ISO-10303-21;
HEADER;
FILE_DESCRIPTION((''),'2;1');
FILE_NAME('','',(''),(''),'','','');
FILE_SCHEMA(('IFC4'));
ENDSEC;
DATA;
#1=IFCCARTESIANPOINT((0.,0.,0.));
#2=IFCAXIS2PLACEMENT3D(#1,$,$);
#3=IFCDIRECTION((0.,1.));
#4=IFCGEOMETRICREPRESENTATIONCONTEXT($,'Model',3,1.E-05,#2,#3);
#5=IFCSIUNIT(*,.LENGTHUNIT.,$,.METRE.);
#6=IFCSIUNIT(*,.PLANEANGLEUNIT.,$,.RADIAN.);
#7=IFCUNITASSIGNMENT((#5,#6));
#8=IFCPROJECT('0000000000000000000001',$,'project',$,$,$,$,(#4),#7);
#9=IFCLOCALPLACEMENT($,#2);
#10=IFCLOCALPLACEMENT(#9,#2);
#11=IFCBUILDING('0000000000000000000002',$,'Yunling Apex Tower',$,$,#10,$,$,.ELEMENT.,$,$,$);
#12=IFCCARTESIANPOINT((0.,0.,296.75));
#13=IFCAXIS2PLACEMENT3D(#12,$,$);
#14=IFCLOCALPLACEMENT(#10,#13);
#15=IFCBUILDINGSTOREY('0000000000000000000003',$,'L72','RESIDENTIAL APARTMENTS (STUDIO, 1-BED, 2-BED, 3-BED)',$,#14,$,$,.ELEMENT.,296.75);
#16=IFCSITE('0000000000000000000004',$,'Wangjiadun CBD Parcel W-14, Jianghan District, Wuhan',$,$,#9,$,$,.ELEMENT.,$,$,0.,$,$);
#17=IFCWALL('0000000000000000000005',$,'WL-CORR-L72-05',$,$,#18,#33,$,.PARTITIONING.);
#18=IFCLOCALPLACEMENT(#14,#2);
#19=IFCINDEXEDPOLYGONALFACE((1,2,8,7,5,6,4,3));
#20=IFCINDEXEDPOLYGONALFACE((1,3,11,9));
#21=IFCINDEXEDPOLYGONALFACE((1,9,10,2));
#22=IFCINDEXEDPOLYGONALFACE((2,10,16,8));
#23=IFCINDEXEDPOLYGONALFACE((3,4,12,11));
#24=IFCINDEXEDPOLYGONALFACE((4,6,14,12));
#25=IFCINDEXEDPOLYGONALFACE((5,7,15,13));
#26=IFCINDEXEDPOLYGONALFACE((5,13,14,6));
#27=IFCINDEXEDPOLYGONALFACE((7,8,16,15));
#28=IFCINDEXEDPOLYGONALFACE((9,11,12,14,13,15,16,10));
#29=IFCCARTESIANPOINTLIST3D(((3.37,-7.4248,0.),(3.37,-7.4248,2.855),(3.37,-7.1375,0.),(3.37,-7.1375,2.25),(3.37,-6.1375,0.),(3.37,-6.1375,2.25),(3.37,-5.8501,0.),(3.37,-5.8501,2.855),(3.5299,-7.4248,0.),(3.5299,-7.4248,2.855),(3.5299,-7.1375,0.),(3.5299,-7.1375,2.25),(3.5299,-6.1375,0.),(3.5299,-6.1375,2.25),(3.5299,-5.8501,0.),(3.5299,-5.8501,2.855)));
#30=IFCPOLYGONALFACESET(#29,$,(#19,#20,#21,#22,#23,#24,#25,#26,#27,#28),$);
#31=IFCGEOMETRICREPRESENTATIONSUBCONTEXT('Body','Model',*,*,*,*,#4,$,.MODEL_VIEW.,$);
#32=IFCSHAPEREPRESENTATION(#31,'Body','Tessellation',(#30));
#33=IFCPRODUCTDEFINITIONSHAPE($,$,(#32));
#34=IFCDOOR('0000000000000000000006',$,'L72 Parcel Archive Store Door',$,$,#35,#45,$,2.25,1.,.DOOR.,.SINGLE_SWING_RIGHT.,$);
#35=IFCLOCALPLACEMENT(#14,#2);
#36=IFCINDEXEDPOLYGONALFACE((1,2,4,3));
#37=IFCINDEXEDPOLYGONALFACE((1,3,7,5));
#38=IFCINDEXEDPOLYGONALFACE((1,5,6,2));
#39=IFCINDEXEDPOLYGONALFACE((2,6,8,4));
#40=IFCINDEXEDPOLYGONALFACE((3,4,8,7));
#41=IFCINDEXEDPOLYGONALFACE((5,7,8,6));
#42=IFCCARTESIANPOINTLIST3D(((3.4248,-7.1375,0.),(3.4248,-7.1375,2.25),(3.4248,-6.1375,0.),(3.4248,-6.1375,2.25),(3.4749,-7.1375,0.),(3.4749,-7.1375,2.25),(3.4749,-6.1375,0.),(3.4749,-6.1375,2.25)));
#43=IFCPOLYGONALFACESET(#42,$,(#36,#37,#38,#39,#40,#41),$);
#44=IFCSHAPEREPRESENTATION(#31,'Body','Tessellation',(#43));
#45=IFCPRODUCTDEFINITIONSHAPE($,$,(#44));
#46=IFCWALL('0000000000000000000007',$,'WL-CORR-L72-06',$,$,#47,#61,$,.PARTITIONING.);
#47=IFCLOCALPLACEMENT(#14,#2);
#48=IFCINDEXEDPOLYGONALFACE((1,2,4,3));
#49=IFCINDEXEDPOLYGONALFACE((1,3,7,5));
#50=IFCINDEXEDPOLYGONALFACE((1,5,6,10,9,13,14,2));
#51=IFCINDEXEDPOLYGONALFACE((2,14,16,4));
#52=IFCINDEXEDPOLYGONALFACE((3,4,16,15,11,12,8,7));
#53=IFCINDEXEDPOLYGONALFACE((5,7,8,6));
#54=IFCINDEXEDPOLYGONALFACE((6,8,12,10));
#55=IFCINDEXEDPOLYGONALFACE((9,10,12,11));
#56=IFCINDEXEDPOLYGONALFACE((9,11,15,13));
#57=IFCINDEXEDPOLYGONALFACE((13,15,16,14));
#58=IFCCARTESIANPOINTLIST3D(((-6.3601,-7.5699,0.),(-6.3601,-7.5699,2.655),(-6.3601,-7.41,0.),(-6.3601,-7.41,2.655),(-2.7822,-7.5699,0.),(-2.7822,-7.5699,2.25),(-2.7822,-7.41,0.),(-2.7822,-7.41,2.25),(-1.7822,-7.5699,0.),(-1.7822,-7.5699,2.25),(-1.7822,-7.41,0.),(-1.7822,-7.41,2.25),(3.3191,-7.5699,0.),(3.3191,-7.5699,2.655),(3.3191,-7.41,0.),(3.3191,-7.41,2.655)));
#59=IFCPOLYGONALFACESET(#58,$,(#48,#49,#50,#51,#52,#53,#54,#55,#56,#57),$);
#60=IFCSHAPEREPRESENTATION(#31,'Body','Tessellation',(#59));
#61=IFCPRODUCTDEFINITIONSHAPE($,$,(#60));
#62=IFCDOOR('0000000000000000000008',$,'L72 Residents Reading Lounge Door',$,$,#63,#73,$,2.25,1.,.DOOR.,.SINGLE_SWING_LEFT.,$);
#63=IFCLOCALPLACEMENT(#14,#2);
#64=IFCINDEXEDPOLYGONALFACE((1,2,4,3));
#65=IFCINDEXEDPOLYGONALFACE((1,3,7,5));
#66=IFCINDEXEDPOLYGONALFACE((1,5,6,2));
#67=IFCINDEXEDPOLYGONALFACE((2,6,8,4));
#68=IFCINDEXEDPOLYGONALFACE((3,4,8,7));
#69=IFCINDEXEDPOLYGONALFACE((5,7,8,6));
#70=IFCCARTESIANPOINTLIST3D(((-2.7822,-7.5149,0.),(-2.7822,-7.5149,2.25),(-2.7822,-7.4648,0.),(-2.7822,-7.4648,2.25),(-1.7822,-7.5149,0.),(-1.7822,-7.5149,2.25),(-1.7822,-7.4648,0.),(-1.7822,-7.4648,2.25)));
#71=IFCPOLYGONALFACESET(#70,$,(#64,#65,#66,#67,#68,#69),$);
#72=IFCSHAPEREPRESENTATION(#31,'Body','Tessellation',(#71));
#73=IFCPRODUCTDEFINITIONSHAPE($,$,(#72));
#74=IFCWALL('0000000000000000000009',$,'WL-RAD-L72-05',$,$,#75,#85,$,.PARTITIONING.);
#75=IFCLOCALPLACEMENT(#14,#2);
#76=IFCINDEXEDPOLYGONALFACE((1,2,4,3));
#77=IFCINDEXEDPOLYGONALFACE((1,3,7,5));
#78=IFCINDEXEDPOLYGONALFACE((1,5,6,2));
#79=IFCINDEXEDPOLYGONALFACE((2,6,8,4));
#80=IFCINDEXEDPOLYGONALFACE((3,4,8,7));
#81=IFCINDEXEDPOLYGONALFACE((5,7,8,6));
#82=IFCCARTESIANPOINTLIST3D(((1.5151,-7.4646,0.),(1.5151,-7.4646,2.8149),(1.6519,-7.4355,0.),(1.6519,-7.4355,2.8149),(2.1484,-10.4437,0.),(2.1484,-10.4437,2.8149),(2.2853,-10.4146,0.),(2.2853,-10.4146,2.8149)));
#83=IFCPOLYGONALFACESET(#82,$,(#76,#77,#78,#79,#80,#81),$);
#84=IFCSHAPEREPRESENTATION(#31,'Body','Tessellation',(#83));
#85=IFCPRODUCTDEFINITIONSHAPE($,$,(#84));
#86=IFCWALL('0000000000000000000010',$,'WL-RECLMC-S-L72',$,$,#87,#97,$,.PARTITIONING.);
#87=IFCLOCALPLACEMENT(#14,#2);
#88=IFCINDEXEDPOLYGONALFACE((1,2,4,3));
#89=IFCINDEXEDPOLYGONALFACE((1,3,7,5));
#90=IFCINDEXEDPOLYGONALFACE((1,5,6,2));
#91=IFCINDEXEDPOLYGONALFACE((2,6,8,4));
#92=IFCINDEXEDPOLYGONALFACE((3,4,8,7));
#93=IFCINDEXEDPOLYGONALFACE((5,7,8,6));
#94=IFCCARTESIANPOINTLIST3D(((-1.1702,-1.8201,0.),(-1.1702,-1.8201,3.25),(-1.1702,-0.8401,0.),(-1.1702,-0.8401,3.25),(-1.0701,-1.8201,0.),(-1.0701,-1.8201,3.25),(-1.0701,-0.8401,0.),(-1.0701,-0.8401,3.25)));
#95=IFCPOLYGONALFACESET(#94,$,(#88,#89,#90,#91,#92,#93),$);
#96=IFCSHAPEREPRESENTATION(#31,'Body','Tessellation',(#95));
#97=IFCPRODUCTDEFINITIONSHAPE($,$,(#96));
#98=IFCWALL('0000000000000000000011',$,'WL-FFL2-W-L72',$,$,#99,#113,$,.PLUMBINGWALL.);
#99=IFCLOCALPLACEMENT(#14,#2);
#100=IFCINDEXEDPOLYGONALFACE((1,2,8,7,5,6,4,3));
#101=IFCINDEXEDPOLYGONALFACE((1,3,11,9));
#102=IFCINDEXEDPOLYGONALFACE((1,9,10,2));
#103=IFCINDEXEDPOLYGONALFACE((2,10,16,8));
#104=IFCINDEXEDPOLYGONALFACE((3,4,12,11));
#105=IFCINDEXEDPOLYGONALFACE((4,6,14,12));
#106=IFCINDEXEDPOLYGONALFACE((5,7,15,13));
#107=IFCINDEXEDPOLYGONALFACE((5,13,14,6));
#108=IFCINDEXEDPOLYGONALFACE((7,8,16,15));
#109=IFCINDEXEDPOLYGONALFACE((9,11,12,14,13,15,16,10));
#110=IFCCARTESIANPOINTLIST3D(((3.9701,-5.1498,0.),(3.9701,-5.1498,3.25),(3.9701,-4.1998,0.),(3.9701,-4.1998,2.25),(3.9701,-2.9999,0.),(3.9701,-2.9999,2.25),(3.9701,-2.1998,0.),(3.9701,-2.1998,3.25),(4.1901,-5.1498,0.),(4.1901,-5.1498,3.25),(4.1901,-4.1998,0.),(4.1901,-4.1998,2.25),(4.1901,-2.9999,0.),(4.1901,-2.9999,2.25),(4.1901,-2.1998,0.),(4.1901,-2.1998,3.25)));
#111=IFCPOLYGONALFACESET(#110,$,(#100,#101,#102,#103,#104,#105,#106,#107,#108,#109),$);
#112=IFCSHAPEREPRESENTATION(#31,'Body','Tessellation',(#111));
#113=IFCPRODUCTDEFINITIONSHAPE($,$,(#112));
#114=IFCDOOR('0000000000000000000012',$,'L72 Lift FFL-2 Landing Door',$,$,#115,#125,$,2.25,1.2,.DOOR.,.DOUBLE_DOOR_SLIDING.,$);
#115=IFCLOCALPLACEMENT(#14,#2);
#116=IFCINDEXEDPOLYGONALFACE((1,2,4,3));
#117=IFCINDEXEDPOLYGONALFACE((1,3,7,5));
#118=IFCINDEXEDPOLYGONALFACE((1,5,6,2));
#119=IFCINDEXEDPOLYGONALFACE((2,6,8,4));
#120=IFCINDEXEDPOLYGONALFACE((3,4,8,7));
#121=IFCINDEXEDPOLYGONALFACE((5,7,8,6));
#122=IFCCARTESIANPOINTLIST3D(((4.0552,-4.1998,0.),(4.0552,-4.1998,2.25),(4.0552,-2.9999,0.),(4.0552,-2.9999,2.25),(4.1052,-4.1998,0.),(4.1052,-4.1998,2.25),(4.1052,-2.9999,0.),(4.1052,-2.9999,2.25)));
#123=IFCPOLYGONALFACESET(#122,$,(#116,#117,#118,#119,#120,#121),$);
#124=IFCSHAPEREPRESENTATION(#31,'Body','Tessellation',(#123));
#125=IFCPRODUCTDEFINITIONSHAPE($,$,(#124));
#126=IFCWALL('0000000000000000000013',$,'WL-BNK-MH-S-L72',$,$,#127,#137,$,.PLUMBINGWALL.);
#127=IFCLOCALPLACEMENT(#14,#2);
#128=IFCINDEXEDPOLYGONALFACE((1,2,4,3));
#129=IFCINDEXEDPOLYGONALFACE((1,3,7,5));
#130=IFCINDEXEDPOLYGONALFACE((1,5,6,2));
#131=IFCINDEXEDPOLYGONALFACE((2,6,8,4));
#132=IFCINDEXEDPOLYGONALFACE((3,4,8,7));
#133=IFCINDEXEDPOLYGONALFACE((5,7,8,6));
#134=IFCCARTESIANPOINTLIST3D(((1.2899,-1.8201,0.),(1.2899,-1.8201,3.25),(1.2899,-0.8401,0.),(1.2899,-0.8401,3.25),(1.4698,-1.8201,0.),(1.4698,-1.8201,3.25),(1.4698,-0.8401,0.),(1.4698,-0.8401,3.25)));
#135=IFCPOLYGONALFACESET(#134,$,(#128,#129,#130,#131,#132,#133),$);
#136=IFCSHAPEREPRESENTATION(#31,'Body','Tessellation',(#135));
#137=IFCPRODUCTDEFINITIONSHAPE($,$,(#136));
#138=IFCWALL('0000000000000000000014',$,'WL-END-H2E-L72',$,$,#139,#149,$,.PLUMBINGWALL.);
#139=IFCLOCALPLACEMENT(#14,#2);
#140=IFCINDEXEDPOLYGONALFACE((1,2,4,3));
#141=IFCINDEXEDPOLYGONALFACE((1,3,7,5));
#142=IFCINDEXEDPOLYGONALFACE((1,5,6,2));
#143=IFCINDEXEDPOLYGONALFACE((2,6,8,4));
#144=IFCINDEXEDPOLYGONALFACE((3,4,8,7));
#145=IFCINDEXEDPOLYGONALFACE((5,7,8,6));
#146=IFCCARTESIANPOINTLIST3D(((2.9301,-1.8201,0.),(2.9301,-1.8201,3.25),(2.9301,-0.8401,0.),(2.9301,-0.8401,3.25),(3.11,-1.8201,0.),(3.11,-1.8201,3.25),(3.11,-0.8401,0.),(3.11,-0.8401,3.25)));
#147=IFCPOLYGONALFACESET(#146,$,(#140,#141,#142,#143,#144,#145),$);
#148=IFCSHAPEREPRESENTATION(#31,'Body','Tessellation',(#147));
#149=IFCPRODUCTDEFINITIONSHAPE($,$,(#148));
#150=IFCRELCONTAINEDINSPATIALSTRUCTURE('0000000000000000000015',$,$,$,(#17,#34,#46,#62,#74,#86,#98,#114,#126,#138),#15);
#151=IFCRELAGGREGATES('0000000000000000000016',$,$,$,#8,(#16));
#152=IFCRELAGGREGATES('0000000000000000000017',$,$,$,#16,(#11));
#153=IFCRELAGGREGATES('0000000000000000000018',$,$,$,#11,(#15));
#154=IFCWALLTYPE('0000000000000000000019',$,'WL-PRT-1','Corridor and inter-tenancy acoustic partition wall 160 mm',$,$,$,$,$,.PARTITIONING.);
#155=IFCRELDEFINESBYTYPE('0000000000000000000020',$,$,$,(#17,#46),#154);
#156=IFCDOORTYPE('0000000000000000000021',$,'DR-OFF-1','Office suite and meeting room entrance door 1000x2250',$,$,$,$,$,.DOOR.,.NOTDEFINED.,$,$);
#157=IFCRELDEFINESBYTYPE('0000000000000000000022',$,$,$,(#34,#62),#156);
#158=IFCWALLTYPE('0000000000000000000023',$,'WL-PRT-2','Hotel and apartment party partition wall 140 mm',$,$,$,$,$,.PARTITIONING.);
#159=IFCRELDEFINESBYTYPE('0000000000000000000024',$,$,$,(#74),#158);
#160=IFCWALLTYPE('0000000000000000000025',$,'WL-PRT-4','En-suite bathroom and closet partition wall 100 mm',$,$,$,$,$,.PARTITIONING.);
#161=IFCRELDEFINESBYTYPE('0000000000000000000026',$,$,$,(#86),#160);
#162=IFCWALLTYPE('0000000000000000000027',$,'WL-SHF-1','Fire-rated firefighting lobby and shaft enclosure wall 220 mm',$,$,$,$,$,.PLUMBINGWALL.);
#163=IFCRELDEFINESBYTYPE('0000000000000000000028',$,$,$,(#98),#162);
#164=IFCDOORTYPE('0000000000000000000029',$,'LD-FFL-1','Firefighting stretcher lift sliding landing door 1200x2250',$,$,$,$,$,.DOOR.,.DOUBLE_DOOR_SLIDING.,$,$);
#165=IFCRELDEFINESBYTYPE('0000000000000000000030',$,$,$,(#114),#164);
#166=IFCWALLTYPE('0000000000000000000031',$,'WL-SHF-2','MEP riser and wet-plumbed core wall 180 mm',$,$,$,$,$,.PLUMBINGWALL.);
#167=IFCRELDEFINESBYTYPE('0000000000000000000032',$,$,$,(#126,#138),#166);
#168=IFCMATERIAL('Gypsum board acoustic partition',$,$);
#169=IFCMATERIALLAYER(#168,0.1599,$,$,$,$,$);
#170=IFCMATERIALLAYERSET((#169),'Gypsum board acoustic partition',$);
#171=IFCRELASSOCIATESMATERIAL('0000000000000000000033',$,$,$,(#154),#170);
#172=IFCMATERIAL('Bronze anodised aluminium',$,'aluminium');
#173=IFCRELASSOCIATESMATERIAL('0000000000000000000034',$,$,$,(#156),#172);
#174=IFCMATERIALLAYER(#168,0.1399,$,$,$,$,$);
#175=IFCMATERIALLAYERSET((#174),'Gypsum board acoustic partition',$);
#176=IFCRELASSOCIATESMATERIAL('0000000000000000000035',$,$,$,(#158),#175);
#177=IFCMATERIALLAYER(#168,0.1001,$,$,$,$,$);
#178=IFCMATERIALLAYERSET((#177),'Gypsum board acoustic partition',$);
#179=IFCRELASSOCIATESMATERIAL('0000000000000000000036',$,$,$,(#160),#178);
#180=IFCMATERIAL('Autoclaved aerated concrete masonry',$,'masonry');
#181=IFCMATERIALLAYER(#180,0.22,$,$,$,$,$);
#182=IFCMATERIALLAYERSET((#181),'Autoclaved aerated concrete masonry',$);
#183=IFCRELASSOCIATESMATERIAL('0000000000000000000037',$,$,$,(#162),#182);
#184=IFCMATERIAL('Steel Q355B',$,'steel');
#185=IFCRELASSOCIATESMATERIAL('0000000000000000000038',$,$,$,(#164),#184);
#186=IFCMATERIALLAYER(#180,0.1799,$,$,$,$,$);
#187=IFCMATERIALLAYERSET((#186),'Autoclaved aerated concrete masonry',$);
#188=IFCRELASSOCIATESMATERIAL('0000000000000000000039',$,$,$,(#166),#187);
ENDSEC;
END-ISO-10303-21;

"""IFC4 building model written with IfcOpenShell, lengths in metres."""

from ifc_helpers import new_model, si_unit, direction, frame, frame_2d, origin, place, context, subcontext, project, spatial, rectangle, extrude, material, layer, layer_set, type_object, element, fill, save


model = new_model("IFC4")

# Units and contexts
model_context = context("Model", 3, precision=1e-05, world=origin(), true_north=direction((0.0, 1.0)))
body_context = subcontext(model_context, "Body", "Model", "MODEL_VIEW")
ifc_project = project(units=[si_unit("LENGTHUNIT", "METRE"), si_unit("PLANEANGLEUNIT", "RADIAN")], contexts=[model_context])

# Site, building, storey
site_placement = place(None, origin())
site = spatial("IfcSite", under=ifc_project, at=site_placement, Name="Wangjiadun CBD Parcel W-14, Jianghan District, Wuhan", CompositionType="ELEMENT", RefElevation=0.0)
building_placement = place(site_placement, origin())
building = spatial("IfcBuilding", under=site, at=building_placement, Name="Yunling Apex Tower", CompositionType="ELEMENT")
storey_placement = place(building_placement, frame((0.0, 0.0, 296.75)))
storey = spatial("IfcBuildingStorey", under=building, at=storey_placement, Name="L72", Description="RESIDENTIAL APARTMENTS (STUDIO, 1-BED, 2-BED, 3-BED)", CompositionType="ELEMENT", Elevation=296.75)

# Shared definitions
ifc_material_1 = material(Name="Steel Q355B", Category="steel")

# Shared definitions
ifc_material_2 = material(Name="Bronze anodised aluminium", Category="aluminium")

# Walls, openings, doors
ifc_material_3 = material(Name="Gypsum board acoustic partition")
ifc_layer_1 = layer(ifc_material_3, 0.1599)
ifc_layer_set_1 = layer_set([ifc_layer_1], Name="Gypsum board acoustic partition")
wall_type_1 = type_object("IfcWallType", Name="WL-PRT-1", Description="Corridor and inter-tenancy acoustic partition wall 160 mm", PredefinedType="PARTITIONING", material=ifc_layer_set_1)
wall_1_placement = place(storey_placement, frame((3.45, -5.8501, 0.0), z_axis=(0.0, 0.0, 1.0), x_axis=(0.0, -1.0, 0.0)))
wall_1 = element("IfcWall", 1, at=wall_1_placement, inside=storey, type_object=wall_type_1, Name="WL-CORR-L72-05", PredefinedType="PARTITIONING", context=body_context, shape_type="SweptSolid", body=[
    extrude(rectangle(XDim=1.5747, YDim=0.1599, at=frame_2d((0.7874, 0.0))), origin(), (0.0, 0.0, 1.0), 2.855),
])
opening_1_placement = place(wall_1_placement, frame((0.2874, 0.0, 0.0)))
opening_1 = element("IfcOpeningElement", 2, at=opening_1_placement, cuts=wall_1, PredefinedType="OPENING", context=body_context, shape_type="SweptSolid", body=[
    extrude(rectangle(XDim=1.0, YDim=2.25, at=frame_2d((0.5, 1.125))), frame((0.0, 0.0898, 0.0), z_axis=(0.0, -1.0, 0.0), x_axis=(1.0, 0.0, 0.0)), (0.0, 0.0, 1.0), 0.1799),
])
door_type_1 = type_object("IfcDoorType", Name="DR-OFF-1", Description="Office suite and meeting room entrance door 1000x2250", OperationType="NOTDEFINED", PredefinedType="DOOR", material=ifc_material_2)
door_1_placement = place(opening_1_placement, origin())
door_1 = element("IfcDoor", 3, at=door_1_placement, inside=storey, type_object=door_type_1, Name="L72 Parcel Archive Store Door", OperationType="SINGLE_SWING_RIGHT", OverallHeight=2.25, OverallWidth=1.0, PredefinedType="DOOR", context=body_context, shape_type="SweptSolid", body=[
    extrude(rectangle(XDim=1.0, YDim=2.25, at=frame_2d((0.5, 1.125))), frame((0.0, 0.0249, 0.0), z_axis=(0.0, -1.0, 0.0), x_axis=(1.0, 0.0, 0.0)), (0.0, 0.0, 1.0), 0.05),
])
fill(opening_1, door_1)
wall_2_placement = place(storey_placement, frame((3.3191, -7.49, 0.0), z_axis=(0.0, 0.0, 1.0), x_axis=(-1.0, 0.0, 0.0)))
wall_2 = element("IfcWall", 4, at=wall_2_placement, inside=storey, type_object=wall_type_1, Name="WL-CORR-L72-06", PredefinedType="PARTITIONING", context=body_context, shape_type="SweptSolid", body=[
    extrude(rectangle(XDim=9.6792, YDim=0.1599, at=frame_2d((4.8396, 0.0))), origin(), (0.0, 0.0, 1.0), 2.655),
])
opening_2_placement = place(wall_2_placement, frame((5.1013, 0.0, 0.0)))
opening_2 = element("IfcOpeningElement", 5, at=opening_2_placement, cuts=wall_2, PredefinedType="OPENING", context=body_context, shape_type="SweptSolid", body=[
    extrude(rectangle(XDim=1.0, YDim=2.25, at=frame_2d((0.5, 1.125))), frame((0.0, 0.0898, 0.0), z_axis=(0.0, -1.0, 0.0), x_axis=(1.0, 0.0, 0.0)), (0.0, 0.0, 1.0), 0.1799),
])
door_2_placement = place(opening_2_placement, origin())
door_2 = element("IfcDoor", 6, at=door_2_placement, inside=storey, type_object=door_type_1, Name="L72 Residents Reading Lounge Door", OperationType="SINGLE_SWING_LEFT", OverallHeight=2.25, OverallWidth=1.0, PredefinedType="DOOR", context=body_context, shape_type="SweptSolid", body=[
    extrude(rectangle(XDim=1.0, YDim=2.25, at=frame_2d((0.5, 1.125))), frame((0.0, 0.0249, 0.0), z_axis=(0.0, -1.0, 0.0), x_axis=(1.0, 0.0, 0.0)), (0.0, 0.0, 1.0), 0.05),
])
fill(opening_2, door_2)

# Walls
ifc_layer_2 = layer(ifc_material_3, 0.1399)
ifc_layer_set_2 = layer_set([ifc_layer_2], Name="Gypsum board acoustic partition")
wall_type_2 = type_object("IfcWallType", Name="WL-PRT-2", Description="Hotel and apartment party partition wall 140 mm", PredefinedType="PARTITIONING", material=ifc_layer_set_2)
wall_3_placement = place(storey_placement, frame((1.5835, -7.45, 0.0), z_axis=(0.0, 0.0, 1.0), x_axis=(0.207941, -0.978141, 0.0)))
element("IfcWall", 7, at=wall_3_placement, inside=storey, type_object=wall_type_2, Name="WL-RAD-L72-05", PredefinedType="PARTITIONING", context=body_context, shape_type="SweptSolid", body=[
    extrude(rectangle(XDim=3.0457, YDim=0.1399, at=frame_2d((1.5229, 0.0))), origin(), (0.0, 0.0, 1.0), 2.8149),
])
ifc_layer_3 = layer(ifc_material_3, 0.1001)
ifc_layer_set_3 = layer_set([ifc_layer_3], Name="Gypsum board acoustic partition")
wall_type_3 = type_object("IfcWallType", Name="WL-PRT-4", Description="En-suite bathroom and closet partition wall 100 mm", PredefinedType="PARTITIONING", material=ifc_layer_set_3)
wall_4_placement = place(storey_placement, frame((-1.1201, -1.8201, 0.0), z_axis=(0.0, 0.0, 1.0), x_axis=(0.0, 1.0, 0.0)))
element("IfcWall", 8, at=wall_4_placement, inside=storey, type_object=wall_type_3, Name="WL-RECLMC-S-L72", PredefinedType="PARTITIONING", context=body_context, shape_type="SweptSolid", body=[
    extrude(rectangle(XDim=0.98, YDim=0.1001, at=frame_2d((0.49, 0.0))), origin(), (0.0, 0.0, 1.0), 3.25),
])

# Wall, opening, door
ifc_material_4 = material(Name="Autoclaved aerated concrete masonry", Category="masonry")
ifc_layer_4 = layer(ifc_material_4, 0.22)
ifc_layer_set_4 = layer_set([ifc_layer_4], Name="Autoclaved aerated concrete masonry")
wall_type_4 = type_object("IfcWallType", Name="WL-SHF-1", Description="Fire-rated firefighting lobby and shaft enclosure wall 220 mm", PredefinedType="PLUMBINGWALL", material=ifc_layer_set_4)
wall_5_placement = place(storey_placement, frame((4.0801, -5.1499, 0.0), z_axis=(0.0, 0.0, 1.0), x_axis=(0.0, 1.0, 0.0)))
wall_5 = element("IfcWall", 9, at=wall_5_placement, inside=storey, type_object=wall_type_4, Name="WL-FFL2-W-L72", PredefinedType="PLUMBINGWALL", context=body_context, shape_type="SweptSolid", body=[
    extrude(rectangle(XDim=2.95, YDim=0.22, at=frame_2d((1.4751, 0.0))), origin(), (0.0, 0.0, 1.0), 3.25),
])
opening_3_placement = place(wall_5_placement, frame((0.95, 0.0, 0.0)))
opening_3 = element("IfcOpeningElement", 10, at=opening_3_placement, cuts=wall_5, PredefinedType="OPENING", context=body_context, shape_type="SweptSolid", body=[
    extrude(rectangle(XDim=1.2, YDim=2.25, at=frame_2d((0.6001, 1.125))), frame((0.0, 0.1201, 0.0), z_axis=(0.0, -1.0, 0.0), x_axis=(1.0, 0.0, 0.0)), (0.0, 0.0, 1.0), 0.24),
])
door_type_2 = type_object("IfcDoorType", Name="LD-FFL-1", Description="Firefighting stretcher lift sliding landing door 1200x2250", OperationType="DOUBLE_DOOR_SLIDING", PredefinedType="DOOR", material=ifc_material_1)
door_3_placement = place(opening_3_placement, origin())
door_3 = element("IfcDoor", 11, at=door_3_placement, inside=storey, type_object=door_type_2, Name="L72 Lift FFL-2 Landing Door", OperationType="DOUBLE_DOOR_SLIDING", OverallHeight=2.25, OverallWidth=1.2, PredefinedType="DOOR", context=body_context, shape_type="SweptSolid", body=[
    extrude(rectangle(XDim=1.2, YDim=2.25, at=frame_2d((0.6001, 1.125))), frame((0.0, 0.0249, 0.0), z_axis=(0.0, -1.0, 0.0), x_axis=(1.0, 0.0, 0.0)), (0.0, 0.0, 1.0), 0.05),
])
fill(opening_3, door_3)

# Walls
ifc_layer_5 = layer(ifc_material_4, 0.1799)
ifc_layer_set_5 = layer_set([ifc_layer_5], Name="Autoclaved aerated concrete masonry")
wall_type_5 = type_object("IfcWallType", Name="WL-SHF-2", Description="MEP riser and wet-plumbed core wall 180 mm", PredefinedType="PLUMBINGWALL", material=ifc_layer_set_5)
for number, where, z_axis, x_axis, name in (
    (12, (1.3799, -1.8201, 0.0), (0.0, 0.0, 1.0), (0.0, 1.0, 0.0), "WL-BNK-MH-S-L72"),
    (13, (3.02, -1.8201, 0.0), (0.0, 0.0, 1.0), (0.0, 1.0, 0.0), "WL-END-H2E-L72"),
):
    element("IfcWall", number, at=place(storey_placement, frame(where, z_axis=z_axis, x_axis=x_axis)), inside=storey, type_object=wall_type_5, Name=name, PredefinedType="PLUMBINGWALL", context=body_context, shape_type="SweptSolid", body=[
        extrude(rectangle(XDim=0.98, YDim=0.1799, at=frame_2d((0.49, 0.0))), origin(), (0.0, 0.0, 1.0), 3.25),
    ])

save(model, "model.ifc")
